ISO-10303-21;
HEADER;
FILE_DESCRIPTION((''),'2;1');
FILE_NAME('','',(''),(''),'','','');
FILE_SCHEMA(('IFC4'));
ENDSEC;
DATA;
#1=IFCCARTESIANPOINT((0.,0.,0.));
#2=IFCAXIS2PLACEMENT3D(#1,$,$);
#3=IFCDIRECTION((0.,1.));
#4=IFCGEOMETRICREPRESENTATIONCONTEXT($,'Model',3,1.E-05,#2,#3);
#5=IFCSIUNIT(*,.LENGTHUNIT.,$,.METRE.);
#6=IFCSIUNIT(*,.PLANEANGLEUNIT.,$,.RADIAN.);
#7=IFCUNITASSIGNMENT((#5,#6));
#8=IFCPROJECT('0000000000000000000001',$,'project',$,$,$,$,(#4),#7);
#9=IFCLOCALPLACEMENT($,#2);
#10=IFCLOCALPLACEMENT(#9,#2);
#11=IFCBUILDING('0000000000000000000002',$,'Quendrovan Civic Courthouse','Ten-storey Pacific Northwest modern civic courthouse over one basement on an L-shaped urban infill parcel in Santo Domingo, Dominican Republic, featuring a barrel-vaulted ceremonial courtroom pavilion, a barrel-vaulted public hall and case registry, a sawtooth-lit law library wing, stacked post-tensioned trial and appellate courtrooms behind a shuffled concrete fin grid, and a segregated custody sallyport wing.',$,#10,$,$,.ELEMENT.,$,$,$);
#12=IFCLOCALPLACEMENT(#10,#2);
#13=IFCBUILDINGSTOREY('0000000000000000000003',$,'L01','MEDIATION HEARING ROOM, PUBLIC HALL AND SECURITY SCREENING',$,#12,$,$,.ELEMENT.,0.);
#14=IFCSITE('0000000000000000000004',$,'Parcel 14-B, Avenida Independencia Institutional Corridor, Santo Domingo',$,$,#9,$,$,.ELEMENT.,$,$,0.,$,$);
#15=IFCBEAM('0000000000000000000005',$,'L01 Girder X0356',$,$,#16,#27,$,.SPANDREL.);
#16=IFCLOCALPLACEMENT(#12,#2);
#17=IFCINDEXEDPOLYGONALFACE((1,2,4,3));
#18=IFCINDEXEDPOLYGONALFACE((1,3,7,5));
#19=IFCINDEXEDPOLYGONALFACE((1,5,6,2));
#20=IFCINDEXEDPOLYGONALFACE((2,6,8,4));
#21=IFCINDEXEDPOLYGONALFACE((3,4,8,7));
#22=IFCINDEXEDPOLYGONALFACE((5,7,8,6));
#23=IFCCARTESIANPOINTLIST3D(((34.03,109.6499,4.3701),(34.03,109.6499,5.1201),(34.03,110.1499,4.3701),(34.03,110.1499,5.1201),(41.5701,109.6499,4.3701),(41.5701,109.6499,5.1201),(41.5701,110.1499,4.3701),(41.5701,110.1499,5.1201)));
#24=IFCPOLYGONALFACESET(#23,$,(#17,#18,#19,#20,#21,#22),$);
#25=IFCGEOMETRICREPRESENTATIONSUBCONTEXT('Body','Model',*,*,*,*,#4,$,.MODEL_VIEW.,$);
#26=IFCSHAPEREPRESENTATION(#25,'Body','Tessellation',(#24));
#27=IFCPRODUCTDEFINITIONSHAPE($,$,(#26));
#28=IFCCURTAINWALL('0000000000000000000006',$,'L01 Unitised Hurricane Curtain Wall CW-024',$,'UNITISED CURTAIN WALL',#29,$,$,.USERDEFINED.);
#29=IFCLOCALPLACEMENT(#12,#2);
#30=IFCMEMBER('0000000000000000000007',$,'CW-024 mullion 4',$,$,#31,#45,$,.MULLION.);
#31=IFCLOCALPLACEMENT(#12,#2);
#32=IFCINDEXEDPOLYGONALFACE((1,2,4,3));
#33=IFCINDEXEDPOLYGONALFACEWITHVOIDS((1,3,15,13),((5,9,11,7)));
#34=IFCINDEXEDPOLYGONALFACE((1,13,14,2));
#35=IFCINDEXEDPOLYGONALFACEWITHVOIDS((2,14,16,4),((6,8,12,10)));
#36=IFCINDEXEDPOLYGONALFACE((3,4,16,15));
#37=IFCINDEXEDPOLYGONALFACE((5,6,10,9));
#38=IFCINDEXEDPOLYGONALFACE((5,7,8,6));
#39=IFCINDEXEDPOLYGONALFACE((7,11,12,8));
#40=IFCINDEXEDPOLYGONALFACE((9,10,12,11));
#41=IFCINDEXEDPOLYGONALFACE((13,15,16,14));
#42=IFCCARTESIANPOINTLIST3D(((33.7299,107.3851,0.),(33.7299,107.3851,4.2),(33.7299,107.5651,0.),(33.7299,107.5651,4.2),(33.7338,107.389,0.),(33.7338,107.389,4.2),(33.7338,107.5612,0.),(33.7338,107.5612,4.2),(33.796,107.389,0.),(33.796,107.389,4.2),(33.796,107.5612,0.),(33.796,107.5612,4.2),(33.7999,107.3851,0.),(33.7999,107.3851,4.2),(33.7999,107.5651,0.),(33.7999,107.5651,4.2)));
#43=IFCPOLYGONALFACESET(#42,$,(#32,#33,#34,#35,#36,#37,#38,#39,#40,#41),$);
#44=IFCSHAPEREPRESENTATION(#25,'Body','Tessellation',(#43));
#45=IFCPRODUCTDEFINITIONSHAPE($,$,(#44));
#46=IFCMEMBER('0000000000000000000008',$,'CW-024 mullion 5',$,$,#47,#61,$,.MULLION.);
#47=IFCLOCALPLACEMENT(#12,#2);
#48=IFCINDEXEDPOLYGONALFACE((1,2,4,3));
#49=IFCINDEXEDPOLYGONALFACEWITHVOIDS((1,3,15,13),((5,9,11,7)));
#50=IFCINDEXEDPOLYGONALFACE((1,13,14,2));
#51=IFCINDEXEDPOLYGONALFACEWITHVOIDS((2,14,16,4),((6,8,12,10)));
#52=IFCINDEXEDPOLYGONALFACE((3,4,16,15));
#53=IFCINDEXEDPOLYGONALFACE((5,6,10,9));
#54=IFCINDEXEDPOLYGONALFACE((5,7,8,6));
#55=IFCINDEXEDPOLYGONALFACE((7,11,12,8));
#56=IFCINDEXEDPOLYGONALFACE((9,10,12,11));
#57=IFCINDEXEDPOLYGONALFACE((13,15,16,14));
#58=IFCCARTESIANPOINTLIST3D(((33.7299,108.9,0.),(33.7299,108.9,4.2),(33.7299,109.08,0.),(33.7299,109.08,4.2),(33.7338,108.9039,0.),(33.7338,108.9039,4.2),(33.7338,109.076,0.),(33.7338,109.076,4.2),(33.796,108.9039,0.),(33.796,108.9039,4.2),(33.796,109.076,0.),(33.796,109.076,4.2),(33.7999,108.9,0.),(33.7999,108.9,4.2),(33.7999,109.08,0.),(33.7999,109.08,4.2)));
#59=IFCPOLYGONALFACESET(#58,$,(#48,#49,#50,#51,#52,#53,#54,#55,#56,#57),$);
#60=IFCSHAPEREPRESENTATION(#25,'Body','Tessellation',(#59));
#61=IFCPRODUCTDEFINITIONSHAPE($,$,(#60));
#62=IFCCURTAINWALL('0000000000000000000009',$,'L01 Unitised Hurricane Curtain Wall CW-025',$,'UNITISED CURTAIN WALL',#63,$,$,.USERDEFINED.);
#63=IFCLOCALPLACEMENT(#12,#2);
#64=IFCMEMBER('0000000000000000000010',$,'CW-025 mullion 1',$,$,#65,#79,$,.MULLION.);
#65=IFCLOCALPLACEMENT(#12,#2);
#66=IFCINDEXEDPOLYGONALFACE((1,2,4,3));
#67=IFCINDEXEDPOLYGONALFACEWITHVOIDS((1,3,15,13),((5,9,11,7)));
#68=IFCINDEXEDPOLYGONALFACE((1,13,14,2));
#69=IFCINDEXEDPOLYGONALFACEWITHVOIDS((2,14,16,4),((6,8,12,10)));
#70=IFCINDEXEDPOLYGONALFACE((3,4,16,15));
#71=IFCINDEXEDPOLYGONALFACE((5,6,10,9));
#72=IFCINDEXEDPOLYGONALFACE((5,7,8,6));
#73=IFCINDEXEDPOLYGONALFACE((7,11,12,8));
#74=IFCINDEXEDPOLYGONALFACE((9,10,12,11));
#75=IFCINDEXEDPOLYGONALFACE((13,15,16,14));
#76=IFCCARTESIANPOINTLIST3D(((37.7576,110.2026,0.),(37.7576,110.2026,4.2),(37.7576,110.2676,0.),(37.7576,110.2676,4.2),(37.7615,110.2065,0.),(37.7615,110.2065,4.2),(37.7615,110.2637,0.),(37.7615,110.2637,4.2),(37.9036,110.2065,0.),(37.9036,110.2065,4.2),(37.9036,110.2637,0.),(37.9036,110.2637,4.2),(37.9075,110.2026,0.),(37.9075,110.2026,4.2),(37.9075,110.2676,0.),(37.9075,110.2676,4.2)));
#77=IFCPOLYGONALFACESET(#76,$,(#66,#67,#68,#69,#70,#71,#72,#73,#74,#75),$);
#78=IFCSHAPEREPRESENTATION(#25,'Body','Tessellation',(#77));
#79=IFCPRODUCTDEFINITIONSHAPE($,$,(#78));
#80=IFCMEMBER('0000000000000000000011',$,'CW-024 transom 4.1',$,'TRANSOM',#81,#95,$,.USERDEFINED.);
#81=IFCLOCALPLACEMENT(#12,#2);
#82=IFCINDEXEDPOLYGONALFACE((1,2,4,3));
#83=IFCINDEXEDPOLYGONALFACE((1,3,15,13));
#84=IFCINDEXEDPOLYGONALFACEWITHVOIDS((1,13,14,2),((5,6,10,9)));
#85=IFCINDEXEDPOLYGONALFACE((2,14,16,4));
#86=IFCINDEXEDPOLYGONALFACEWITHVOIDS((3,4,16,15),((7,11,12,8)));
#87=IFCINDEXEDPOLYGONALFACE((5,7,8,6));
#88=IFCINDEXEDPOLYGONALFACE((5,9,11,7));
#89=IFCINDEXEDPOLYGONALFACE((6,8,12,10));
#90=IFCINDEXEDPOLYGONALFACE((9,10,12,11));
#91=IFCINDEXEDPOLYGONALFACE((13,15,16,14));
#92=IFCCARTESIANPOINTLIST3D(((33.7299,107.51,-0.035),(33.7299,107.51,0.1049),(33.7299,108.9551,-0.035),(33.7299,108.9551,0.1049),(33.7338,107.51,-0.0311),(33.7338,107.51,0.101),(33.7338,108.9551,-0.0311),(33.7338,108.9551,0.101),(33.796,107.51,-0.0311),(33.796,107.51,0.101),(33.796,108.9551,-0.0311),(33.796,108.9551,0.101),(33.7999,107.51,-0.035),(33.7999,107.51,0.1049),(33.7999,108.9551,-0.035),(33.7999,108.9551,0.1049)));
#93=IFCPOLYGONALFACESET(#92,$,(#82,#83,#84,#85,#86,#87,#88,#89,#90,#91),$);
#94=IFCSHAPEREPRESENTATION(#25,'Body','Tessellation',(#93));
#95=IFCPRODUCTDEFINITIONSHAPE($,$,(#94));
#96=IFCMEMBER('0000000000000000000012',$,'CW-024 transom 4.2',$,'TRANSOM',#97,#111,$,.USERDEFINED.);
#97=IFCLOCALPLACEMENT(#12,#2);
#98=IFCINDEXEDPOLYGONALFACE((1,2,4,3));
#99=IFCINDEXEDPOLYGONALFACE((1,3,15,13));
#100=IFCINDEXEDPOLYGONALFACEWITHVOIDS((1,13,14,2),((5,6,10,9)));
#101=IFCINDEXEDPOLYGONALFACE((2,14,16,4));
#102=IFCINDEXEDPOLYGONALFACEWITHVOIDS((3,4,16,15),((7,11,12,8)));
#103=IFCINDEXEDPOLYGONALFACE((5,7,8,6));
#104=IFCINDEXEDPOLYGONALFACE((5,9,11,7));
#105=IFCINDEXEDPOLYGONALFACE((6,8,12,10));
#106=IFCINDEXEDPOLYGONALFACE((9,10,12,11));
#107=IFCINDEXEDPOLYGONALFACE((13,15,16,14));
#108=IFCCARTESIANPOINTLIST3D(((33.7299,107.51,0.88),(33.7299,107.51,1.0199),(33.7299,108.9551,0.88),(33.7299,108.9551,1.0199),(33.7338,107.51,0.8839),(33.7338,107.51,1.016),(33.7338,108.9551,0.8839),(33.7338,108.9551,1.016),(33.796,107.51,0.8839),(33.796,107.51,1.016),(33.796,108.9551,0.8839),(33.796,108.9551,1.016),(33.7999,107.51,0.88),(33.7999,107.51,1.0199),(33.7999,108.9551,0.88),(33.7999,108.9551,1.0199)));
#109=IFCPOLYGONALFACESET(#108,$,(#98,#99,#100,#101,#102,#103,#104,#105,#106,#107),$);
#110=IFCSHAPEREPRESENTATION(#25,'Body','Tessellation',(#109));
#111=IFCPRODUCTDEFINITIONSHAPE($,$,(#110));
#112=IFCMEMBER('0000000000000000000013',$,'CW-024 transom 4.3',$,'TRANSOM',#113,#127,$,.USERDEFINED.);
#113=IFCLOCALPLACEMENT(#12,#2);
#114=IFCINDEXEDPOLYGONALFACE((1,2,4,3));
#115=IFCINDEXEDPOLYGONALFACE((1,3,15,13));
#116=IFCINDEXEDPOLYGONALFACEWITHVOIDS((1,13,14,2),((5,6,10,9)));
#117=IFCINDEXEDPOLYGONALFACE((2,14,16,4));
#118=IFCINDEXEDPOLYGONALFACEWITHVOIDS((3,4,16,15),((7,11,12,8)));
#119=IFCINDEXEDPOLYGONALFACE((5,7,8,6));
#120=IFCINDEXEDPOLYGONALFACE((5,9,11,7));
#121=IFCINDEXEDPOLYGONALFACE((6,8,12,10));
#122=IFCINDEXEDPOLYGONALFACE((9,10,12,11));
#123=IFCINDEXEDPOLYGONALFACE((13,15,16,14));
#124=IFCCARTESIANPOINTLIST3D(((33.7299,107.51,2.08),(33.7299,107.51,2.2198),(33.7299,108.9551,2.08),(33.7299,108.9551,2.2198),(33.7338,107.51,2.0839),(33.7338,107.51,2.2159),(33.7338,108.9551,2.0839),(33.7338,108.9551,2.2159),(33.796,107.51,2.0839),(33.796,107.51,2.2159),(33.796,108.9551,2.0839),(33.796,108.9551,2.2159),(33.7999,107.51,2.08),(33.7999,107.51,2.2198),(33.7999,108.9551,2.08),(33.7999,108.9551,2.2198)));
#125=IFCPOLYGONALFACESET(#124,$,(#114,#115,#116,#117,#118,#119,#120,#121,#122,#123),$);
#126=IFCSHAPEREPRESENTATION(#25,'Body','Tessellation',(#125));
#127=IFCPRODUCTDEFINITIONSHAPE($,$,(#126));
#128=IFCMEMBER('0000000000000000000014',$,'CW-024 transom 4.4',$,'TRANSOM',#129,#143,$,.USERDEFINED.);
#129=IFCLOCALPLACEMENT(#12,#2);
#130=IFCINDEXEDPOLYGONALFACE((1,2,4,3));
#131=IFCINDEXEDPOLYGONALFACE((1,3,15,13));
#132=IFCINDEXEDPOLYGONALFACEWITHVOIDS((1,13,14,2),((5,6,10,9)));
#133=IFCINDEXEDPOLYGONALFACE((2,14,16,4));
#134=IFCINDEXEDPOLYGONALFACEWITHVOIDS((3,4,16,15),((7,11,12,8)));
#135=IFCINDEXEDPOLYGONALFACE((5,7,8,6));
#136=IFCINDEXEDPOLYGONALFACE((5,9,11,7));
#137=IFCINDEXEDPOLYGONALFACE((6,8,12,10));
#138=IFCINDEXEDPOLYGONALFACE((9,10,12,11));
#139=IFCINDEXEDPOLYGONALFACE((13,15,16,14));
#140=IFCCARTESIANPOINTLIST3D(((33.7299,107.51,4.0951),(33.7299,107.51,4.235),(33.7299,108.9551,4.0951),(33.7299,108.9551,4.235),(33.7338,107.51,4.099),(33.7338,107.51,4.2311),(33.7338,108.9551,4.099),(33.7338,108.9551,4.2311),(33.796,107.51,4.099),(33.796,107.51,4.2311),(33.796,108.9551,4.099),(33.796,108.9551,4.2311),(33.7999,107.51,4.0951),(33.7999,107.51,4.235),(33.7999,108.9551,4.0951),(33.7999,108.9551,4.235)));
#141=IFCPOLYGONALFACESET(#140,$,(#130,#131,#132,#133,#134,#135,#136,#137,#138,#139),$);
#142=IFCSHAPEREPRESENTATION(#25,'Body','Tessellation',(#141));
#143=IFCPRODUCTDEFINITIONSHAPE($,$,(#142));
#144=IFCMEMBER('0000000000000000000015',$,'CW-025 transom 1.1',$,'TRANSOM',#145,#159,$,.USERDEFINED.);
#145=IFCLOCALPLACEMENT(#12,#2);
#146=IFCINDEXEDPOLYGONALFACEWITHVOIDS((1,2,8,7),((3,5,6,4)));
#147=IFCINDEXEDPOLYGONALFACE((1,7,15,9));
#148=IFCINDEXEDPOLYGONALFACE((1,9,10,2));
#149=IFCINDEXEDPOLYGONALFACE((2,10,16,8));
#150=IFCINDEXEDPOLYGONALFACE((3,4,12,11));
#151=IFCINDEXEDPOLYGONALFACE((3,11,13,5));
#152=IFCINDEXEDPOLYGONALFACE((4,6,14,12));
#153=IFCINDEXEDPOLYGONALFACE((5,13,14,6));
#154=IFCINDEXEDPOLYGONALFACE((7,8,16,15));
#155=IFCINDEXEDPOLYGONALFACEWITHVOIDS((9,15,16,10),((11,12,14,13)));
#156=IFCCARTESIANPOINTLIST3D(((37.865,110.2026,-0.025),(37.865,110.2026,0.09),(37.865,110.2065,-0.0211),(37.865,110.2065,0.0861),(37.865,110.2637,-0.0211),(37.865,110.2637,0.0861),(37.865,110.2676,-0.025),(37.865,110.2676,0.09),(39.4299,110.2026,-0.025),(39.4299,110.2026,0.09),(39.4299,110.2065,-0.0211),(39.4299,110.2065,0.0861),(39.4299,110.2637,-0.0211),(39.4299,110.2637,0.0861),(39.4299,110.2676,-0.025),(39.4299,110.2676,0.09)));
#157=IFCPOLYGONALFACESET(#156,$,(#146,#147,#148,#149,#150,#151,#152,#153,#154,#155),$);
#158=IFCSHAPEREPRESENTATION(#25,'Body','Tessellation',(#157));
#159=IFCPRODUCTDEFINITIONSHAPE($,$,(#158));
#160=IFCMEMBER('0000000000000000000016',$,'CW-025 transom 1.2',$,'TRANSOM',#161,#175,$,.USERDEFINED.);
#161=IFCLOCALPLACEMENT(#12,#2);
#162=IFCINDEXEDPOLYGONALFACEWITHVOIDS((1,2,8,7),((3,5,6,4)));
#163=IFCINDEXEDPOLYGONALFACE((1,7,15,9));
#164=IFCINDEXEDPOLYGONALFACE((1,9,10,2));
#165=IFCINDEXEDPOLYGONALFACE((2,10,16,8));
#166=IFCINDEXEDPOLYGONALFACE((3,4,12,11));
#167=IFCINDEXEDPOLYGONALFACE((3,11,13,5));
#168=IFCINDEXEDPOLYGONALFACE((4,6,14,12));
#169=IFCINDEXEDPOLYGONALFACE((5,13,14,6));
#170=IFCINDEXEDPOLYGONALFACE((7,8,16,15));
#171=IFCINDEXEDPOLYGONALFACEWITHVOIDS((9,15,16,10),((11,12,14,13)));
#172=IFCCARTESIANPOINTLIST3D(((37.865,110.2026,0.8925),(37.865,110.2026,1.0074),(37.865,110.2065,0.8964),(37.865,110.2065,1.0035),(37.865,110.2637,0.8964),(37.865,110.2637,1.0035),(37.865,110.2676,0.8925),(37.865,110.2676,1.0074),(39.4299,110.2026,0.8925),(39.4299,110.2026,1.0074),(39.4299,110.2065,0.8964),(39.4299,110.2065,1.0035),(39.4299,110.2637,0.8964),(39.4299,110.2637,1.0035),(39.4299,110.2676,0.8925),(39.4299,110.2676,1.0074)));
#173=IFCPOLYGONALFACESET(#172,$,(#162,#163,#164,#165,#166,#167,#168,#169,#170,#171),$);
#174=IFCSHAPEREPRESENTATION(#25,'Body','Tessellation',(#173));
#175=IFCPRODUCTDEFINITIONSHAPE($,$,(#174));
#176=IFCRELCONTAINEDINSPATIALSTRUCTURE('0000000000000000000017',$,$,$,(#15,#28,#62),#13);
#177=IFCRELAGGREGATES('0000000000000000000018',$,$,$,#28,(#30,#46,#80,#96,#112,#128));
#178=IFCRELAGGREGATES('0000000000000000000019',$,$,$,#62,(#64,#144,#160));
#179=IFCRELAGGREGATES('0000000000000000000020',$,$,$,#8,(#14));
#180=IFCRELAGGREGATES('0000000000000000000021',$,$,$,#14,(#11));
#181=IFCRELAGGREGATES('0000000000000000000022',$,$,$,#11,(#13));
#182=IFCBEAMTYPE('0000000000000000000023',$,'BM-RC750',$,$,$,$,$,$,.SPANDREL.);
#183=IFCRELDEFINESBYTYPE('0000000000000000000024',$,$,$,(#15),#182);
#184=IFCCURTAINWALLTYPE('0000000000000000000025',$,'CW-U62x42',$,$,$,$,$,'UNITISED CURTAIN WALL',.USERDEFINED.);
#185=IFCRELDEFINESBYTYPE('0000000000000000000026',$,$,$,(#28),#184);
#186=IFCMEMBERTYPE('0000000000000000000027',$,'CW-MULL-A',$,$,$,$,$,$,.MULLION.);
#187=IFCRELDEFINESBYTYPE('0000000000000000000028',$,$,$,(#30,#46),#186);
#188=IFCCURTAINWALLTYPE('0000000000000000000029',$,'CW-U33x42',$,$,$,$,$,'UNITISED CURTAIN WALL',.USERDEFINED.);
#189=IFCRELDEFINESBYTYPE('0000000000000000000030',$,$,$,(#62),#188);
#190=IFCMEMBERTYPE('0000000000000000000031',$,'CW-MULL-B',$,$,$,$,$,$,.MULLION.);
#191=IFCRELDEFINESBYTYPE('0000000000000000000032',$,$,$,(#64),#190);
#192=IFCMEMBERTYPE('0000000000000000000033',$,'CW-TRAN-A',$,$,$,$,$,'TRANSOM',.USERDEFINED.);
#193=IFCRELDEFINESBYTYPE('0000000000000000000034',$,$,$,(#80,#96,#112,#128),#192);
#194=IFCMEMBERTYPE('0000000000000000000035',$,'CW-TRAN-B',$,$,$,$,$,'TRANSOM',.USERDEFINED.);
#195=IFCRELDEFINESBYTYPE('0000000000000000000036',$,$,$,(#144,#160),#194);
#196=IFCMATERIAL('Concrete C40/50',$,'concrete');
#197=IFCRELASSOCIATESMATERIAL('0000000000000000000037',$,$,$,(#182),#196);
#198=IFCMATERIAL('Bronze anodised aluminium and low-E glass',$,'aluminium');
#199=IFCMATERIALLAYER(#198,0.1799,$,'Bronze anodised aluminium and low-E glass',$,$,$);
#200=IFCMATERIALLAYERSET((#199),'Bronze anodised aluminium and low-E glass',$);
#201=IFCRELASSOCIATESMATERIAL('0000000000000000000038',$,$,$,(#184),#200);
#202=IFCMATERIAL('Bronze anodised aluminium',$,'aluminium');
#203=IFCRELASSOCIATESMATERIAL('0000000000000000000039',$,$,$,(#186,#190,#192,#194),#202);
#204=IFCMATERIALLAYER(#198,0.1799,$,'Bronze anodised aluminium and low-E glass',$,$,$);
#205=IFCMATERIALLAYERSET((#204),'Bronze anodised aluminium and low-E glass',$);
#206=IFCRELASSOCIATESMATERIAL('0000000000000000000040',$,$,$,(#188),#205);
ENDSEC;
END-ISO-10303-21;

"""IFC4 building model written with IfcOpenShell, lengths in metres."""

from ifc_helpers import new_model, si_unit, direction, frame, origin, origin_2d, place, context, subcontext, project, spatial, rectangle, hollow_rectangle, extrude, material, layer, layer_set, material_profile, profile_set, type_object, element, aggregate, save


model = new_model("IFC4")

# Units and contexts
model_context = context("Model", 3, precision=1e-05, world=origin(), true_north=direction((0.0, 1.0)))
body_context = subcontext(model_context, "Body", "Model", "MODEL_VIEW")
ifc_project = project(units=[si_unit("LENGTHUNIT", "METRE"), si_unit("PLANEANGLEUNIT", "RADIAN")], contexts=[model_context])

# Site, building, storey
site_placement = place(None, origin())
site = spatial("IfcSite", under=ifc_project, at=site_placement, Name="Parcel 14-B, Avenida Independencia Institutional Corridor, Santo Domingo", CompositionType="ELEMENT", RefElevation=0.0)
building_placement = place(site_placement, origin())
building = spatial("IfcBuilding", under=site, at=building_placement, Name="Quendrovan Civic Courthouse", Description="Ten-storey Pacific Northwest modern civic courthouse over one basement on an L-shaped urban infill parcel in Santo Domingo, Dominican Republic, featuring a barrel-vaulted ceremonial courtroom pavilion, a barrel-vaulted public hall and case registry, a sawtooth-lit law library wing, stacked post-tensioned trial and appellate courtrooms behind a shuffled concrete fin grid, and a segregated custody sallyport wing.", CompositionType="ELEMENT")
storey_placement = place(building_placement, origin())
storey = spatial("IfcBuildingStorey", under=building, at=storey_placement, Name="L01", Description="MEDIATION HEARING ROOM, PUBLIC HALL AND SECURITY SCREENING", CompositionType="ELEMENT", Elevation=0.0)

# Beam
ifc_material_1 = material(Name="Concrete C40/50", Category="concrete")
ifc_material_profile_1 = material_profile(ifc_material_1, rectangle(XDim=0.5, YDim=0.75, at=origin_2d()), Name="RC-BM-500x750")
ifc_profile_set_1 = profile_set([ifc_material_profile_1], Name="Concrete C40/50")
beam_type = type_object("IfcBeamType", Name="BM-RC750", PredefinedType="SPANDREL", material=ifc_profile_set_1)
beam_placement = place(storey_placement, frame((34.03, 109.8999, 4.7451), z_axis=(1.0, 0.0, 0.0), x_axis=(0.0, 1.0, 0.0)))
element("IfcBeam", 1, at=beam_placement, inside=storey, type_object=beam_type, Name="L01 Girder X0356", PredefinedType="SPANDREL", context=body_context, shape_type="SweptSolid", body=[
    extrude(rectangle(XDim=0.5, YDim=0.75, at=origin_2d()), origin(), (0.0, 0.0, 1.0), 7.54),
])

# Curtain wall, members
ifc_material_2 = material(Name="Bronze anodised aluminium and low-E glass", Category="aluminium")
ifc_layer_1 = layer(ifc_material_2, 0.1799, Name="Bronze anodised aluminium and low-E glass")
ifc_layer_set_1 = layer_set([ifc_layer_1], Name="Bronze anodised aluminium and low-E glass")
curtain_wall_type_1 = type_object("IfcCurtainWallType", Name="CW-U62x42", ElementType="UNITISED CURTAIN WALL", PredefinedType="USERDEFINED", material=ifc_layer_set_1)
curtain_wall_1_placement = place(storey_placement, origin())
curtain_wall_1 = element("IfcCurtainWall", 2, at=curtain_wall_1_placement, inside=storey, type_object=curtain_wall_type_1, Name="L01 Unitised Hurricane Curtain Wall CW-024", ObjectType="UNITISED CURTAIN WALL", PredefinedType="USERDEFINED")
ifc_material_3 = material(Name="Bronze anodised aluminium", Category="aluminium")
ifc_material_profile_2 = material_profile(ifc_material_3, hollow_rectangle(XDim=0.0701, YDim=0.1799, WallThickness=0.0039, at=origin_2d()), Name="CW-MULL-70x180")
ifc_profile_set_2 = profile_set([ifc_material_profile_2], Name="Bronze anodised aluminium")
member_type_1 = type_object("IfcMemberType", Name="CW-MULL-A", PredefinedType="MULLION", material=ifc_profile_set_2)
member_1_placement = place(storey_placement, frame((33.7649, 107.4751, 0.0), z_axis=(0.0, 0.0, 1.0), x_axis=(-1.0, 0.0, 0.0)))
member_1 = element("IfcMember", 3, at=member_1_placement, type_object=member_type_1, Name="CW-024 mullion 4", PredefinedType="MULLION", context=body_context, shape_type="SweptSolid", body=[
    extrude(hollow_rectangle(XDim=0.0701, YDim=0.1799, WallThickness=0.0039, at=origin_2d()), origin(), (0.0, 0.0, 1.0), 4.2),
])
member_2_placement = place(storey_placement, frame((33.7649, 108.99, 0.0), z_axis=(0.0, 0.0, 1.0), x_axis=(-1.0, 0.0, 0.0)))
member_2 = element("IfcMember", 4, at=member_2_placement, type_object=member_type_1, Name="CW-024 mullion 5", PredefinedType="MULLION", context=body_context, shape_type="SweptSolid", body=[
    extrude(hollow_rectangle(XDim=0.0701, YDim=0.1799, WallThickness=0.0039, at=origin_2d()), origin(), (0.0, 0.0, 1.0), 4.2),
])

# Curtain wall, member
ifc_layer_2 = layer(ifc_material_2, 0.1799, Name="Bronze anodised aluminium and low-E glass")
ifc_layer_set_2 = layer_set([ifc_layer_2], Name="Bronze anodised aluminium and low-E glass")
curtain_wall_type_2 = type_object("IfcCurtainWallType", Name="CW-U33x42", ElementType="UNITISED CURTAIN WALL", PredefinedType="USERDEFINED", material=ifc_layer_set_2)
curtain_wall_2_placement = place(storey_placement, origin())
curtain_wall_2 = element("IfcCurtainWall", 5, at=curtain_wall_2_placement, inside=storey, type_object=curtain_wall_type_2, Name="L01 Unitised Hurricane Curtain Wall CW-025", ObjectType="UNITISED CURTAIN WALL", PredefinedType="USERDEFINED")
ifc_material_profile_3 = material_profile(ifc_material_3, hollow_rectangle(XDim=0.0649, YDim=0.1499, WallThickness=0.0039, at=origin_2d()), Name="CW-MULL-65x150")
ifc_profile_set_3 = profile_set([ifc_material_profile_3], Name="Bronze anodised aluminium")
member_type_2 = type_object("IfcMemberType", Name="CW-MULL-B", PredefinedType="MULLION", material=ifc_profile_set_3)
member_3_placement = place(storey_placement, frame((37.8325, 110.2351, 0.0), z_axis=(0.0, 0.0, 1.0), x_axis=(0.0, 1.0, 0.0)))
member_3 = element("IfcMember", 6, at=member_3_placement, type_object=member_type_2, Name="CW-025 mullion 1", PredefinedType="MULLION", context=body_context, shape_type="SweptSolid", body=[
    extrude(hollow_rectangle(XDim=0.0649, YDim=0.1499, WallThickness=0.0039, at=origin_2d()), origin(), (0.0, 0.0, 1.0), 4.2),
])

# Members
ifc_material_profile_4 = material_profile(ifc_material_3, hollow_rectangle(XDim=0.0701, YDim=0.1399, WallThickness=0.0039, at=origin_2d()), Name="CW-TRAN-70x140")
ifc_profile_set_4 = profile_set([ifc_material_profile_4], Name="Bronze anodised aluminium")
member_type_3 = type_object("IfcMemberType", Name="CW-TRAN-A", ElementType="TRANSOM", PredefinedType="USERDEFINED", material=ifc_profile_set_4)
member_4_placement = place(storey_placement, frame((33.7649, 107.51, 0.0349), z_axis=(0.0, 1.0, 0.0), x_axis=(-1.0, 0.0, 0.0)))
member_4 = element("IfcMember", 7, at=member_4_placement, type_object=member_type_3, Name="CW-024 transom 4.1", ObjectType="TRANSOM", PredefinedType="USERDEFINED", context=body_context, shape_type="SweptSolid", body=[
    extrude(hollow_rectangle(XDim=0.0701, YDim=0.1399, WallThickness=0.0039, at=origin_2d()), origin(), (0.0, 0.0, 1.0), 1.4451),
])
member_5_placement = place(storey_placement, frame((33.7649, 107.51, 0.95), z_axis=(0.0, 1.0, 0.0), x_axis=(-1.0, 0.0, 0.0)))
member_5 = element("IfcMember", 8, at=member_5_placement, type_object=member_type_3, Name="CW-024 transom 4.2", ObjectType="TRANSOM", PredefinedType="USERDEFINED", context=body_context, shape_type="SweptSolid", body=[
    extrude(hollow_rectangle(XDim=0.0701, YDim=0.1399, WallThickness=0.0039, at=origin_2d()), origin(), (0.0, 0.0, 1.0), 1.4451),
])
member_6_placement = place(storey_placement, frame((33.7649, 107.51, 2.1499), z_axis=(0.0, 1.0, 0.0), x_axis=(-1.0, 0.0, 0.0)))
member_6 = element("IfcMember", 9, at=member_6_placement, type_object=member_type_3, Name="CW-024 transom 4.3", ObjectType="TRANSOM", PredefinedType="USERDEFINED", context=body_context, shape_type="SweptSolid", body=[
    extrude(hollow_rectangle(XDim=0.0701, YDim=0.1399, WallThickness=0.0039, at=origin_2d()), origin(), (0.0, 0.0, 1.0), 1.4451),
])
member_7_placement = place(storey_placement, frame((33.7649, 107.51, 4.165), z_axis=(0.0, 1.0, 0.0), x_axis=(-1.0, 0.0, 0.0)))
member_7 = element("IfcMember", 10, at=member_7_placement, type_object=member_type_3, Name="CW-024 transom 4.4", ObjectType="TRANSOM", PredefinedType="USERDEFINED", context=body_context, shape_type="SweptSolid", body=[
    extrude(hollow_rectangle(XDim=0.0701, YDim=0.1399, WallThickness=0.0039, at=origin_2d()), origin(), (0.0, 0.0, 1.0), 1.4451),
])
ifc_material_profile_5 = material_profile(ifc_material_3, hollow_rectangle(XDim=0.0649, YDim=0.115, WallThickness=0.0039, at=origin_2d()), Name="CW-TRAN-65x115")
ifc_profile_set_5 = profile_set([ifc_material_profile_5], Name="Bronze anodised aluminium")
member_type_4 = type_object("IfcMemberType", Name="CW-TRAN-B", ElementType="TRANSOM", PredefinedType="USERDEFINED", material=ifc_profile_set_5)
member_8_placement = place(storey_placement, frame((37.865, 110.2351, 0.0325), z_axis=(1.0, 0.0, 0.0), x_axis=(0.0, 1.0, 0.0)))
member_8 = element("IfcMember", 11, at=member_8_placement, type_object=member_type_4, Name="CW-025 transom 1.1", ObjectType="TRANSOM", PredefinedType="USERDEFINED", context=body_context, shape_type="SweptSolid", body=[
    extrude(hollow_rectangle(XDim=0.0649, YDim=0.115, WallThickness=0.0039, at=origin_2d()), origin(), (0.0, 0.0, 1.0), 1.5649),
])
member_9_placement = place(storey_placement, frame((37.865, 110.2351, 0.95), z_axis=(1.0, 0.0, 0.0), x_axis=(0.0, 1.0, 0.0)))
member_9 = element("IfcMember", 12, at=member_9_placement, type_object=member_type_4, Name="CW-025 transom 1.2", ObjectType="TRANSOM", PredefinedType="USERDEFINED", context=body_context, shape_type="SweptSolid", body=[
    extrude(hollow_rectangle(XDim=0.0649, YDim=0.115, WallThickness=0.0039, at=origin_2d()), origin(), (0.0, 0.0, 1.0), 1.5649),
])

aggregate(curtain_wall_1, [member_1, member_2, member_4, member_5, member_6, member_7])
aggregate(curtain_wall_2, [member_3, member_8, member_9])

save(model, "model.ifc")
